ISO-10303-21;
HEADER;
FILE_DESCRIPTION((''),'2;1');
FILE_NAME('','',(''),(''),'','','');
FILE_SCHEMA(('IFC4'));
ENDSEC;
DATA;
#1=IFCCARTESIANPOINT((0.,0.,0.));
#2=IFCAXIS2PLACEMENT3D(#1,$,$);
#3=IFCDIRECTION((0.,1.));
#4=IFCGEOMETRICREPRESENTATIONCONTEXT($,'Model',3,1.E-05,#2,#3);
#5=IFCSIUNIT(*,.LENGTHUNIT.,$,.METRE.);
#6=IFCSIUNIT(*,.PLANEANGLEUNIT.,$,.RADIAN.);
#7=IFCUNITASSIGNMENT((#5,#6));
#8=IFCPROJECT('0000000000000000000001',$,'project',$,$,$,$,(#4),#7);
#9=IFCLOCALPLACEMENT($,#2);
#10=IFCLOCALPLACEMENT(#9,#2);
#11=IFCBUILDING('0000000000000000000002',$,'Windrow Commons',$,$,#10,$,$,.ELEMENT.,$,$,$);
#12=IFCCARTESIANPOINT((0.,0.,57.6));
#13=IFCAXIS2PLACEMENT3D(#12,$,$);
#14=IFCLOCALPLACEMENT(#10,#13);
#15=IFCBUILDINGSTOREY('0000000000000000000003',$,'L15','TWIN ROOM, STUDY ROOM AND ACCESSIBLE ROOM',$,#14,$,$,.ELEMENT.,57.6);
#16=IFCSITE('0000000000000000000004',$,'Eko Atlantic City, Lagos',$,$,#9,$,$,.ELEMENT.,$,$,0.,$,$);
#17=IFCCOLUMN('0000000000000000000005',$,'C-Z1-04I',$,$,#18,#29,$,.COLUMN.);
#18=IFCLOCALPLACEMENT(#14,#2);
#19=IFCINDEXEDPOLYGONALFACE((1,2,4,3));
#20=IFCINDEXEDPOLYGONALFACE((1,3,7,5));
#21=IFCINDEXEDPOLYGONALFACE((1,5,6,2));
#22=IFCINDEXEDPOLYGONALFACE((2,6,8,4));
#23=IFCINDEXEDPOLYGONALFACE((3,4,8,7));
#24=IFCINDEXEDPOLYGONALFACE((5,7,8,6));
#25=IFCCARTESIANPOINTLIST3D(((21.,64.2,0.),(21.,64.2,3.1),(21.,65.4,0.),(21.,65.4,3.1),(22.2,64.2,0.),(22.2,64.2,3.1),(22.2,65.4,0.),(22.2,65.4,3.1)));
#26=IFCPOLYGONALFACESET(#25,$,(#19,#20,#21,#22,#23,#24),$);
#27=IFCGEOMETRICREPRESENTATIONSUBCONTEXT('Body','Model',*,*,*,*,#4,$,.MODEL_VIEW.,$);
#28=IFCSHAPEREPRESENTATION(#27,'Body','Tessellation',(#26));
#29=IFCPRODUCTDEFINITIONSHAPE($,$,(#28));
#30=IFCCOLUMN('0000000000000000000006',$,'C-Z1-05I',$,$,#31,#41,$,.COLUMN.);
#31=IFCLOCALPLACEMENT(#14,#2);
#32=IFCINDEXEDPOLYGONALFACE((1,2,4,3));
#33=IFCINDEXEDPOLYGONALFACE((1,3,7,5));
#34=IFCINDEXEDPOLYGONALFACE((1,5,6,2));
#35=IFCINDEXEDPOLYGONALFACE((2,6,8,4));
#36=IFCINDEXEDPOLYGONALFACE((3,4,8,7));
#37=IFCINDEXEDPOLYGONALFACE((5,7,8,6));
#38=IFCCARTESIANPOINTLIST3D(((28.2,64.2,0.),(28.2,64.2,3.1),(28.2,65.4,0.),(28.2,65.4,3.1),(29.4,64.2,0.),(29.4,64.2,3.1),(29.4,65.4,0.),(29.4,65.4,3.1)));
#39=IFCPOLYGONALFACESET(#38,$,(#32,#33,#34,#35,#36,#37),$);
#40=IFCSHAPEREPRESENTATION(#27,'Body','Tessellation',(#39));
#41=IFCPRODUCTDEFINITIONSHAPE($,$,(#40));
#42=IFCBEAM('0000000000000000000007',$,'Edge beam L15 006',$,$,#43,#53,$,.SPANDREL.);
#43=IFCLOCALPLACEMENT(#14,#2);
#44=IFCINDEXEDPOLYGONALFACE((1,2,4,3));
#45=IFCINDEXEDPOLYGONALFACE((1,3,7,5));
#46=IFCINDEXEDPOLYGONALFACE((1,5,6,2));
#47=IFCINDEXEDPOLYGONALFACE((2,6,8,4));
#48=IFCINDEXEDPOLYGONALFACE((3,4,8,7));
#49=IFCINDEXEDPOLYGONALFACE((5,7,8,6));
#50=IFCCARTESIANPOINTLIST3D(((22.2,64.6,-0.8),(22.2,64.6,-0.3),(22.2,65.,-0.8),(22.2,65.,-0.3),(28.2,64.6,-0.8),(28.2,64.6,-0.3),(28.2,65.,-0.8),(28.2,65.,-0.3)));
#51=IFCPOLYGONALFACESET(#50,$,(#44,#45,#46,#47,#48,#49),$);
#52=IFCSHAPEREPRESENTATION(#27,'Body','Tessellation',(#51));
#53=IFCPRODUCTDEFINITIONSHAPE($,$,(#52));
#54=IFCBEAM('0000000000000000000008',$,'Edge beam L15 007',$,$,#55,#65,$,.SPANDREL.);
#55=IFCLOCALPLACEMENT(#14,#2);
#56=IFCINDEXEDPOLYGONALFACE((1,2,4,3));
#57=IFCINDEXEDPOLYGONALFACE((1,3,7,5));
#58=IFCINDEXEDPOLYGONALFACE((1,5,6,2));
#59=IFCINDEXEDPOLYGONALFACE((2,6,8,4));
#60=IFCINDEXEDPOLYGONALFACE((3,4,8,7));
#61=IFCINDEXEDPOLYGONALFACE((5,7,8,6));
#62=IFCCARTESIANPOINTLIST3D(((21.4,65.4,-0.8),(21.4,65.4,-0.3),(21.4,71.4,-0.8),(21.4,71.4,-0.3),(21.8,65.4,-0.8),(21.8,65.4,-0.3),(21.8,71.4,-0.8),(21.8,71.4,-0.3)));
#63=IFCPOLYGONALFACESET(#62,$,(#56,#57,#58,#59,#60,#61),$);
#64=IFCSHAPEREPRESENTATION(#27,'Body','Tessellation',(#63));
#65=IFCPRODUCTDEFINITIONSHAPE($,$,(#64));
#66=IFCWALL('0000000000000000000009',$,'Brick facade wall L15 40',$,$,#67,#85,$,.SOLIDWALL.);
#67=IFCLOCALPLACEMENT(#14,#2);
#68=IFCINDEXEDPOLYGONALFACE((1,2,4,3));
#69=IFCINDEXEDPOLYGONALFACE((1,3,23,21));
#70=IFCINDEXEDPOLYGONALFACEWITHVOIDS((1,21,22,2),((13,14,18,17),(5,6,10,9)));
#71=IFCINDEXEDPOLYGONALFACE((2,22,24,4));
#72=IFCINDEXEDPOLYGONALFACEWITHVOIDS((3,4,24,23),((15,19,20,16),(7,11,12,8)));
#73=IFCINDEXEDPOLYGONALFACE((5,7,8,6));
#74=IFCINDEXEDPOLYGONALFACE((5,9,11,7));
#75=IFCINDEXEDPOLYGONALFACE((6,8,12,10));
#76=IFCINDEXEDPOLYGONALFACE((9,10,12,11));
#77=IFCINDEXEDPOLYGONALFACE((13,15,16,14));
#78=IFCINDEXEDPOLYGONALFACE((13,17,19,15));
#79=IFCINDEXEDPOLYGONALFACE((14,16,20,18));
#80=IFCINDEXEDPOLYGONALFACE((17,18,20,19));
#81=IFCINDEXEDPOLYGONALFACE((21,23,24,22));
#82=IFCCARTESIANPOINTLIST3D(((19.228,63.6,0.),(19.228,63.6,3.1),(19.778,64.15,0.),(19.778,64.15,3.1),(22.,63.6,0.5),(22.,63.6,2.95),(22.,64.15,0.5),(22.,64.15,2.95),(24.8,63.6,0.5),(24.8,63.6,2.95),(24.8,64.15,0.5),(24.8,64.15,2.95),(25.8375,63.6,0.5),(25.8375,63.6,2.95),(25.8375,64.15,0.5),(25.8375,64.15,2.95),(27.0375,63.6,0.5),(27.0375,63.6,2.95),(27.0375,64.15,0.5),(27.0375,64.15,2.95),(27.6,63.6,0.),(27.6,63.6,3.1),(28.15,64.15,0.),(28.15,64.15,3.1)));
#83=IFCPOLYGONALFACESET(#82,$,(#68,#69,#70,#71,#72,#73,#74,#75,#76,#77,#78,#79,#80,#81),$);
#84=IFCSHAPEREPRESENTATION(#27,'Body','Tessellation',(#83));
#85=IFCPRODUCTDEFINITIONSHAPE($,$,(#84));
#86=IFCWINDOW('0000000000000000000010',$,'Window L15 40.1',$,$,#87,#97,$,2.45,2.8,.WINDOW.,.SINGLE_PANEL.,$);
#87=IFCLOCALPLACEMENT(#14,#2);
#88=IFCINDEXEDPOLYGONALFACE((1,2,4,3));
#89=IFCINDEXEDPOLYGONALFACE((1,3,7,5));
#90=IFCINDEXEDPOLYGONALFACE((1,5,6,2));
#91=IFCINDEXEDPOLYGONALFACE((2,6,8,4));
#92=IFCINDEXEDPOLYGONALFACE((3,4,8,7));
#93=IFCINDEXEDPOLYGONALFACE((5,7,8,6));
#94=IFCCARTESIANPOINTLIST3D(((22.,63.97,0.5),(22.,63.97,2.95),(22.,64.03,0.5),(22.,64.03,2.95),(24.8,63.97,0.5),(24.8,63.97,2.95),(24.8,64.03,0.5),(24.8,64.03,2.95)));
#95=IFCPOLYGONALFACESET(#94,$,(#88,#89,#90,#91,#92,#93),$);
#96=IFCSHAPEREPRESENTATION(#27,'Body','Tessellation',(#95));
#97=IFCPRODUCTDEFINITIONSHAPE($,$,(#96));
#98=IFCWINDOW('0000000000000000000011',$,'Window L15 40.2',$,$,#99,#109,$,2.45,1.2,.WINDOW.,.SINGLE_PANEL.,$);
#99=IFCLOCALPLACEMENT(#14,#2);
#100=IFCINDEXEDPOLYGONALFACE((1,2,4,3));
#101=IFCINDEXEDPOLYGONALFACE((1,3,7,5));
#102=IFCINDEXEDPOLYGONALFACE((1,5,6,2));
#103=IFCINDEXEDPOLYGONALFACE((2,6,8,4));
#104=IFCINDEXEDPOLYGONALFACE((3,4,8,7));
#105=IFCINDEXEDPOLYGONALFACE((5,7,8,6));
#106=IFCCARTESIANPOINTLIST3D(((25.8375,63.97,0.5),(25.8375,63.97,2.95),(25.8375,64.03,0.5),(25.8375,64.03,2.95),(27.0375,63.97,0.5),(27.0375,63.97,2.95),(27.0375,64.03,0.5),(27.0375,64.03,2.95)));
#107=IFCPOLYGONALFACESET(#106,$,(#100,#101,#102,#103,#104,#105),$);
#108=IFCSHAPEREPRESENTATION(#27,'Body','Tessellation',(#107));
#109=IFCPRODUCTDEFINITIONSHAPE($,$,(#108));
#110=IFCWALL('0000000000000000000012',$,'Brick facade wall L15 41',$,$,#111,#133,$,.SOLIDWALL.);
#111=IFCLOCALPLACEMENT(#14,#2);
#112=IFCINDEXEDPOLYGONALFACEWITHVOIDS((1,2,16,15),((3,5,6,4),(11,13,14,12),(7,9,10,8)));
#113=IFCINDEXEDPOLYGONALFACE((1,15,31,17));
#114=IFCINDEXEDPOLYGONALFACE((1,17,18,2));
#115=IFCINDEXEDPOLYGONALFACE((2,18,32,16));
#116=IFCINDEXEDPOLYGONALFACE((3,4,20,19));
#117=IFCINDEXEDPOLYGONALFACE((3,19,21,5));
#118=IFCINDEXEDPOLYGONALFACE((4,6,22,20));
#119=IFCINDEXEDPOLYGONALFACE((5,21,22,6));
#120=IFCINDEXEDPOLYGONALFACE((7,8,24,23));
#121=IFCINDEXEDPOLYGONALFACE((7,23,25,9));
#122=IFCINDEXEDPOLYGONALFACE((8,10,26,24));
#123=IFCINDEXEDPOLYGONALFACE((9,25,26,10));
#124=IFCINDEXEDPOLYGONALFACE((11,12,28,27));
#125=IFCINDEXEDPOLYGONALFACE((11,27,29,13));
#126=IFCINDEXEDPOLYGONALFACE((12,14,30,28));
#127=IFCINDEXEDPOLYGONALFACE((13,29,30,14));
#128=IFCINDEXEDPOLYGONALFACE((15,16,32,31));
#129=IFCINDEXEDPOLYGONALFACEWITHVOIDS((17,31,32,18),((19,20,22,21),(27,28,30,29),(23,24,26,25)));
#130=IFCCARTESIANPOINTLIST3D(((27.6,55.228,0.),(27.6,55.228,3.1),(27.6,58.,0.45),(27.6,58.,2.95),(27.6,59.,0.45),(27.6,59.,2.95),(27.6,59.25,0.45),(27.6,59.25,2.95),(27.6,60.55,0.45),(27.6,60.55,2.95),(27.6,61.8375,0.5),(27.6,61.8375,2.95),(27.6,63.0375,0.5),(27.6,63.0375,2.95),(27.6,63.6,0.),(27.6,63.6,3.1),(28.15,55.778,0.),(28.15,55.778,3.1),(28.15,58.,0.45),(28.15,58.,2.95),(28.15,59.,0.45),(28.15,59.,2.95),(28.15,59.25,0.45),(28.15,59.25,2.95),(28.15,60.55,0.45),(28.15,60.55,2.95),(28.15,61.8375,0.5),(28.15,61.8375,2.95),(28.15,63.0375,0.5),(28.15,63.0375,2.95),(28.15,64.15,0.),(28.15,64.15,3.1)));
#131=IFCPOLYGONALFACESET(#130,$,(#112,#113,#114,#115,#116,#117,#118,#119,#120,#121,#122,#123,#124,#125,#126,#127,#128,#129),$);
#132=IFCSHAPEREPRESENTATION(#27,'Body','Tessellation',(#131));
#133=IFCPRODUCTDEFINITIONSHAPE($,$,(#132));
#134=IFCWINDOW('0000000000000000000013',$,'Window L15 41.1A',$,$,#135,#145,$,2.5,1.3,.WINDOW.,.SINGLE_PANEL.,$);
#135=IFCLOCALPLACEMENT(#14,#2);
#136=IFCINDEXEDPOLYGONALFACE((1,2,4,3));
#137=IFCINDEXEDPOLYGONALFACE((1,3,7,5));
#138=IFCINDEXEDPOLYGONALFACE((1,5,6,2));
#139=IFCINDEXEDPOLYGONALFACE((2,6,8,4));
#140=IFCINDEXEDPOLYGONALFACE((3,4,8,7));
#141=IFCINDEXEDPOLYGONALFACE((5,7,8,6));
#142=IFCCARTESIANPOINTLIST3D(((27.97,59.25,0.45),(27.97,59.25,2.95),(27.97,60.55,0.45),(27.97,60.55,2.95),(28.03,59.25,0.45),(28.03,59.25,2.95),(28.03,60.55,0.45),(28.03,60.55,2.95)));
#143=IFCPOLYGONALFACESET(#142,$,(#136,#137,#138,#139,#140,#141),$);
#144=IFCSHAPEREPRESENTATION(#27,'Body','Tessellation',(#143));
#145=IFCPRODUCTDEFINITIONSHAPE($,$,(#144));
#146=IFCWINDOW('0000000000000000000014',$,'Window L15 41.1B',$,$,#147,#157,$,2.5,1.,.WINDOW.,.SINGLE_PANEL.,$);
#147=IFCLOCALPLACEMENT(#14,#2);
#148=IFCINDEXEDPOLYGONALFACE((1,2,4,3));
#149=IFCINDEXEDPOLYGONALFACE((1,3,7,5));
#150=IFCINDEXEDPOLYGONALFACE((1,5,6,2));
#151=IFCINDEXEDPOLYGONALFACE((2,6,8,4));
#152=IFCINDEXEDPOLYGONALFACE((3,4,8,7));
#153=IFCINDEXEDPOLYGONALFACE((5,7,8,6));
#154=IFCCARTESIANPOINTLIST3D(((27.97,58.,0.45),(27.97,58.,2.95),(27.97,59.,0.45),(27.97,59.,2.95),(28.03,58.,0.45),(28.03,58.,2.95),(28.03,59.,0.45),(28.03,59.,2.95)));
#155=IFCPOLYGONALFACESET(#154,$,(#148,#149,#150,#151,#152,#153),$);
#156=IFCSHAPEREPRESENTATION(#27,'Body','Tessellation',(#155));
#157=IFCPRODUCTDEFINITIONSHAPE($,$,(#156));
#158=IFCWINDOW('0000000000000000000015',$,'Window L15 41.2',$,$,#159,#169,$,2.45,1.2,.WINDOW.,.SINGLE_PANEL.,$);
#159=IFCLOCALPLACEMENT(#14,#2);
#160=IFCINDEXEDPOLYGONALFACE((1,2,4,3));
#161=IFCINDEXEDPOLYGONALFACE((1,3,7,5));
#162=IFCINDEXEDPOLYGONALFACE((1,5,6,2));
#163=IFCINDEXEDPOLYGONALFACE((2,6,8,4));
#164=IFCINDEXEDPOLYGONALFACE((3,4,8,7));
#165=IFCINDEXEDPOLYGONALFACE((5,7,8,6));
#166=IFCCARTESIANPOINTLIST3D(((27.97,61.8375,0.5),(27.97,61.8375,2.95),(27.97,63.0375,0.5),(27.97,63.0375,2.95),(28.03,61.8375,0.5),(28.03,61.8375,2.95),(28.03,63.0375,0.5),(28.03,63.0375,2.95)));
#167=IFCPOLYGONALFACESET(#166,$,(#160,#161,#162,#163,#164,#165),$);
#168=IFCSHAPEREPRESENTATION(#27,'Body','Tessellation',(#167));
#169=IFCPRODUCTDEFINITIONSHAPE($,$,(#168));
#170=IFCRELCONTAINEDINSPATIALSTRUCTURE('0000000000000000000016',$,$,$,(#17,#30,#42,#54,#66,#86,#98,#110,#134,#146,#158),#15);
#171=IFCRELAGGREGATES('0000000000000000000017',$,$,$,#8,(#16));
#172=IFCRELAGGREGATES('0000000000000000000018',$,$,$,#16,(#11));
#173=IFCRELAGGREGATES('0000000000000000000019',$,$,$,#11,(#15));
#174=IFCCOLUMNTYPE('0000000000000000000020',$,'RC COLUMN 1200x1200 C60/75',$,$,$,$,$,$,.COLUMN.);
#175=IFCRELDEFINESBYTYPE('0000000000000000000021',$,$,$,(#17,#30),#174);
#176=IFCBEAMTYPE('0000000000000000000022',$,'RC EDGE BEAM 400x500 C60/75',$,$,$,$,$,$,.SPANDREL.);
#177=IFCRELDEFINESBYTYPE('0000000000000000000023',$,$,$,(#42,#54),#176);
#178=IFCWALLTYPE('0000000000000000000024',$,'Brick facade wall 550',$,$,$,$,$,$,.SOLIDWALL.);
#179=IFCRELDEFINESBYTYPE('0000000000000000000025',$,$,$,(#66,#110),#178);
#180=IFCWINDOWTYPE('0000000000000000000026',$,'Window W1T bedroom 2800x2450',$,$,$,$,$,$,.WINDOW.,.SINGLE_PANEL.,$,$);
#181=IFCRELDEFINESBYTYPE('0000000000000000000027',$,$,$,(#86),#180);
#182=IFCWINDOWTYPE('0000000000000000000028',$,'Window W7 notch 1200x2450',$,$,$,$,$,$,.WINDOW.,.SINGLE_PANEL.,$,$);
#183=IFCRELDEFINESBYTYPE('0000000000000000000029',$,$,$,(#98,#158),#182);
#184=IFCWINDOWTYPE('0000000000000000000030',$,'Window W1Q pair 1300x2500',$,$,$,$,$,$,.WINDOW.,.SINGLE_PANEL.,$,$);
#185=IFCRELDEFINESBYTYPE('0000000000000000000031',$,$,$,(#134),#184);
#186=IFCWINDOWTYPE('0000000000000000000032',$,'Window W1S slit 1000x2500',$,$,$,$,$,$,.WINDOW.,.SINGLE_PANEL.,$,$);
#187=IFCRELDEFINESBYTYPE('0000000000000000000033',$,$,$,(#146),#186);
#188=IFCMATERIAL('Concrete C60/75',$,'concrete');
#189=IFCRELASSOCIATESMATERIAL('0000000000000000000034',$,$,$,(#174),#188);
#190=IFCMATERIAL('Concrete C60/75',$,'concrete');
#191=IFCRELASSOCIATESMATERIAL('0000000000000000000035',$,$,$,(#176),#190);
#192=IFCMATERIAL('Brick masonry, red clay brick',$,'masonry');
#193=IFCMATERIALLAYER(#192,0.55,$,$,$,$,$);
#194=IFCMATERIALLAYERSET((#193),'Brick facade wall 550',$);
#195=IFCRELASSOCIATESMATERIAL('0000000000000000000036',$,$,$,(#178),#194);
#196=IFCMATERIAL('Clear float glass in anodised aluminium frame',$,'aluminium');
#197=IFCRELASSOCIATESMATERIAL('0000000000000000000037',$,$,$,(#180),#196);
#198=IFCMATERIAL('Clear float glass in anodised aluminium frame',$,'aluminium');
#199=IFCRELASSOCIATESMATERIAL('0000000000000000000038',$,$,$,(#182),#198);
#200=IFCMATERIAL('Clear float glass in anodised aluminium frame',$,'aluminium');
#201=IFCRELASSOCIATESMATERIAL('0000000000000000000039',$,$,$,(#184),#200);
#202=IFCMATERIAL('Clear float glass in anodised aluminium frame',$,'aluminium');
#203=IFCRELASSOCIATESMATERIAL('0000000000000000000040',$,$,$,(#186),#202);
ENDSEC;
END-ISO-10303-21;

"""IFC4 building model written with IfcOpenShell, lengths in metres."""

from ifc_helpers import new_model, si_unit, direction, frame, frame_2d, origin, origin_2d, place, context, subcontext, project, spatial, polyline, rectangle, outline, extrude, material, layer, layer_set, material_profile, profile_set, type_object, element, fill, save


model = new_model("IFC4")

# Units and contexts
model_context = context("Model", 3, precision=1e-05, world=origin(), true_north=direction((0.0, 1.0)))
body_context = subcontext(model_context, "Body", "Model", "MODEL_VIEW")
ifc_project = project(units=[si_unit("LENGTHUNIT", "METRE"), si_unit("PLANEANGLEUNIT", "RADIAN")], contexts=[model_context])

# Site, building, storey
site_placement = place(None, origin())
site = spatial("IfcSite", under=ifc_project, at=site_placement, Name="Eko Atlantic City, Lagos", CompositionType="ELEMENT", RefElevation=0.0)
building_placement = place(site_placement, origin())
building = spatial("IfcBuilding", under=site, at=building_placement, Name="Windrow Commons", CompositionType="ELEMENT")
storey_placement = place(building_placement, frame((0.0, 0.0, 57.6)))
storey = spatial("IfcBuildingStorey", under=building, at=storey_placement, Name="L15", Description="TWIN ROOM, STUDY ROOM AND ACCESSIBLE ROOM", CompositionType="ELEMENT", Elevation=57.6)

# Columns
ifc_material_1 = material(Name="Concrete C60/75", Category="concrete")
ifc_material_profile_1 = material_profile(ifc_material_1, rectangle(XDim=1.2, YDim=1.2, at=origin_2d()))
ifc_profile_set_1 = profile_set([ifc_material_profile_1], Name="Concrete C60/75")
column_type = type_object("IfcColumnType", Name="RC COLUMN 1200x1200 C60/75", PredefinedType="COLUMN", material=ifc_profile_set_1)
for number, where, z_axis, x_axis, name in (
    (1, (21.6, 64.8, 0.0), (0.0, 0.0, 1.0), (1.0, 0.0, 0.0), "C-Z1-04I"),
    (2, (28.8, 64.8, 0.0), (0.0, 0.0, 1.0), (1.0, 0.0, 0.0), "C-Z1-05I"),
):
    element("IfcColumn", number, at=place(storey_placement, frame(where, z_axis=z_axis, x_axis=x_axis)), inside=storey, type_object=column_type, Name=name, PredefinedType="COLUMN", context=body_context, shape_type="SweptSolid", body=[
        extrude(rectangle(XDim=1.2, YDim=1.2, at=origin_2d()), origin(), (0.0, 0.0, 1.0), 3.1),
    ])

# Beams
ifc_material_2 = material(Name="Concrete C60/75", Category="concrete")
ifc_material_profile_2 = material_profile(ifc_material_2, rectangle(XDim=0.4, YDim=0.5, at=origin_2d()))
ifc_profile_set_2 = profile_set([ifc_material_profile_2], Name="Concrete C60/75")
beam_type = type_object("IfcBeamType", Name="RC EDGE BEAM 400x500 C60/75", PredefinedType="SPANDREL", material=ifc_profile_set_2)
for number, where, z_axis, x_axis, name in (
    (3, (28.2, 64.8, -0.55), (-1.0, 0.0, 0.0), (0.0, -1.0, 0.0), "Edge beam L15 006"),
    (4, (21.6, 65.4, -0.55), (0.0, 1.0, 0.0), (-1.0, 0.0, 0.0), "Edge beam L15 007"),
):
    element("IfcBeam", number, at=place(storey_placement, frame(where, z_axis=z_axis, x_axis=x_axis)), inside=storey, type_object=beam_type, Name=name, PredefinedType="SPANDREL", context=body_context, shape_type="SweptSolid", body=[
        extrude(rectangle(XDim=0.4, YDim=0.5, at=origin_2d()), origin(), (0.0, 0.0, 1.0), 6.0),
    ])

# Walls, openings, windows
ifc_material_3 = material(Name="Brick masonry, red clay brick", Category="masonry")
ifc_layer_1 = layer(ifc_material_3, 0.55)
ifc_layer_set_1 = layer_set([ifc_layer_1], Name="Brick facade wall 550")
wall_type_1 = type_object("IfcWallType", Name="Brick facade wall 550", PredefinedType="SOLIDWALL", material=ifc_layer_set_1)
wall_1_placement = place(storey_placement, frame((19.503, 63.875, 0.0), z_axis=(0.0, 0.0, 1.0), x_axis=(1.0, 0.0, 0.0)))
wall_1 = element("IfcWall", 5, at=wall_1_placement, inside=storey, type_object=wall_type_1, Name="Brick facade wall L15 40", PredefinedType="SOLIDWALL", context=body_context, shape_type="SweptSolid", body=[
    extrude(outline(polyline([(-0.275, -0.275), (8.097, -0.275), (8.647, 0.275), (0.275, 0.275), (-0.275, -0.275)])), origin(), (0.0, 0.0, 1.0), 3.1),
])
opening_1_placement = place(wall_1_placement, frame((2.497, 0.0, 0.5)))
opening_1 = element("IfcOpeningElement", 6, at=opening_1_placement, cuts=wall_1, PredefinedType="OPENING", context=body_context, shape_type="SweptSolid", body=[
    extrude(rectangle(XDim=2.8, YDim=2.45, at=frame_2d((1.4, 1.225))), frame((0.0, 0.285, 0.0), z_axis=(0.0, -1.0, 0.0), x_axis=(1.0, 0.0, 0.0)), (0.0, 0.0, 1.0), 0.57),
])
opening_2_placement = place(wall_1_placement, frame((6.3345, 0.0, 0.5)))
opening_2 = element("IfcOpeningElement", 7, at=opening_2_placement, cuts=wall_1, PredefinedType="OPENING", context=body_context, shape_type="SweptSolid", body=[
    extrude(rectangle(XDim=1.2, YDim=2.45, at=frame_2d((0.6, 1.225))), frame((0.0, 0.285, 0.0), z_axis=(0.0, -1.0, 0.0), x_axis=(1.0, 0.0, 0.0)), (0.0, 0.0, 1.0), 0.57),
])
ifc_material_4 = material(Name="Clear float glass in anodised aluminium frame", Category="aluminium")
window_type_1 = type_object("IfcWindowType", Name="Window W1T bedroom 2800x2450", PartitioningType="SINGLE_PANEL", PredefinedType="WINDOW", material=ifc_material_4)
window_1_placement = place(opening_1_placement, origin())
window_1 = element("IfcWindow", 8, at=window_1_placement, inside=storey, type_object=window_type_1, Name="Window L15 40.1", OverallHeight=2.45, OverallWidth=2.8, PartitioningType="SINGLE_PANEL", PredefinedType="WINDOW", context=body_context, shape_type="SweptSolid", body=[
    extrude(rectangle(XDim=2.8, YDim=2.45, at=frame_2d((1.4, 1.225))), frame((0.0, 0.155, 0.0), z_axis=(0.0, -1.0, 0.0), x_axis=(1.0, 0.0, 0.0)), (0.0, 0.0, 1.0), 0.06),
])
fill(opening_1, window_1)
ifc_material_5 = material(Name="Clear float glass in anodised aluminium frame", Category="aluminium")
window_type_2 = type_object("IfcWindowType", Name="Window W7 notch 1200x2450", PartitioningType="SINGLE_PANEL", PredefinedType="WINDOW", material=ifc_material_5)
window_2_placement = place(opening_2_placement, origin())
window_2 = element("IfcWindow", 9, at=window_2_placement, inside=storey, type_object=window_type_2, Name="Window L15 40.2", OverallHeight=2.45, OverallWidth=1.2, PartitioningType="SINGLE_PANEL", PredefinedType="WINDOW", context=body_context, shape_type="SweptSolid", body=[
    extrude(rectangle(XDim=1.2, YDim=2.45, at=frame_2d((0.6, 1.225))), frame((0.0, 0.155, 0.0), z_axis=(0.0, -1.0, 0.0), x_axis=(1.0, 0.0, 0.0)), (0.0, 0.0, 1.0), 0.06),
])
fill(opening_2, window_2)
wall_2_placement = place(storey_placement, frame((27.875, 63.875, 0.0), z_axis=(0.0, 0.0, 1.0), x_axis=(0.0, -1.0, 0.0)))
wall_2 = element("IfcWall", 10, at=wall_2_placement, inside=storey, type_object=wall_type_1, Name="Brick facade wall L15 41", PredefinedType="SOLIDWALL", context=body_context, shape_type="SweptSolid", body=[
    extrude(outline(polyline([(0.275, -0.275), (8.647, -0.275), (8.097, 0.275), (-0.275, 0.275), (0.275, -0.275)])), origin(), (0.0, 0.0, 1.0), 3.1),
])
opening_3_placement = place(wall_2_placement, frame((0.8375, 0.0, 0.5)))
opening_3 = element("IfcOpeningElement", 11, at=opening_3_placement, cuts=wall_2, PredefinedType="OPENING", context=body_context, shape_type="SweptSolid", body=[
    extrude(rectangle(XDim=1.2, YDim=2.45, at=frame_2d((0.6, 1.225))), frame((0.0, 0.285, 0.0), z_axis=(0.0, -1.0, 0.0), x_axis=(1.0, 0.0, 0.0)), (0.0, 0.0, 1.0), 0.57),
])
opening_4_placement = place(wall_2_placement, frame((3.325, 0.0, 0.45)))
opening_4 = element("IfcOpeningElement", 12, at=opening_4_placement, cuts=wall_2, PredefinedType="OPENING", context=body_context, shape_type="SweptSolid", body=[
    extrude(rectangle(XDim=1.3, YDim=2.5, at=frame_2d((0.65, 1.25))), frame((0.0, 0.285, 0.0), z_axis=(0.0, -1.0, 0.0), x_axis=(1.0, 0.0, 0.0)), (0.0, 0.0, 1.0), 0.57),
])
opening_5_placement = place(wall_2_placement, frame((4.875, 0.0, 0.45)))
opening_5 = element("IfcOpeningElement", 13, at=opening_5_placement, cuts=wall_2, PredefinedType="OPENING", context=body_context, shape_type="SweptSolid", body=[
    extrude(rectangle(XDim=1.0, YDim=2.5, at=frame_2d((0.5, 1.25))), frame((0.0, 0.285, 0.0), z_axis=(0.0, -1.0, 0.0), x_axis=(1.0, 0.0, 0.0)), (0.0, 0.0, 1.0), 0.57),
])
ifc_material_6 = material(Name="Clear float glass in anodised aluminium frame", Category="aluminium")
window_type_3 = type_object("IfcWindowType", Name="Window W1Q pair 1300x2500", PartitioningType="SINGLE_PANEL", PredefinedType="WINDOW", material=ifc_material_6)
window_3_placement = place(opening_4_placement, origin())
window_3 = element("IfcWindow", 14, at=window_3_placement, inside=storey, type_object=window_type_3, Name="Window L15 41.1A", OverallHeight=2.5, OverallWidth=1.3, PartitioningType="SINGLE_PANEL", PredefinedType="WINDOW", context=body_context, shape_type="SweptSolid", body=[
    extrude(rectangle(XDim=1.3, YDim=2.5, at=frame_2d((0.65, 1.25))), frame((0.0, 0.155, 0.0), z_axis=(0.0, -1.0, 0.0), x_axis=(1.0, 0.0, 0.0)), (0.0, 0.0, 1.0), 0.06),
])
fill(opening_4, window_3)
ifc_material_7 = material(Name="Clear float glass in anodised aluminium frame", Category="aluminium")
window_type_4 = type_object("IfcWindowType", Name="Window W1S slit 1000x2500", PartitioningType="SINGLE_PANEL", PredefinedType="WINDOW", material=ifc_material_7)
window_4_placement = place(opening_5_placement, origin())
window_4 = element("IfcWindow", 15, at=window_4_placement, inside=storey, type_object=window_type_4, Name="Window L15 41.1B", OverallHeight=2.5, OverallWidth=1.0, PartitioningType="SINGLE_PANEL", PredefinedType="WINDOW", context=body_context, shape_type="SweptSolid", body=[
    extrude(rectangle(XDim=1.0, YDim=2.5, at=frame_2d((0.5, 1.25))), frame((0.0, 0.155, 0.0), z_axis=(0.0, -1.0, 0.0), x_axis=(1.0, 0.0, 0.0)), (0.0, 0.0, 1.0), 0.06),
])
fill(opening_5, window_4)
window_5_placement = place(opening_3_placement, origin())
window_5 = element("IfcWindow", 16, at=window_5_placement, inside=storey, type_object=window_type_2, Name="Window L15 41.2", OverallHeight=2.45, OverallWidth=1.2, PartitioningType="SINGLE_PANEL", PredefinedType="WINDOW", context=body_context, shape_type="SweptSolid", body=[
    extrude(rectangle(XDim=1.2, YDim=2.45, at=frame_2d((0.6, 1.225))), frame((0.0, 0.155, 0.0), z_axis=(0.0, -1.0, 0.0), x_axis=(1.0, 0.0, 0.0)), (0.0, 0.0, 1.0), 0.06),
])
fill(opening_3, window_5)

save(model, "model.ifc")
